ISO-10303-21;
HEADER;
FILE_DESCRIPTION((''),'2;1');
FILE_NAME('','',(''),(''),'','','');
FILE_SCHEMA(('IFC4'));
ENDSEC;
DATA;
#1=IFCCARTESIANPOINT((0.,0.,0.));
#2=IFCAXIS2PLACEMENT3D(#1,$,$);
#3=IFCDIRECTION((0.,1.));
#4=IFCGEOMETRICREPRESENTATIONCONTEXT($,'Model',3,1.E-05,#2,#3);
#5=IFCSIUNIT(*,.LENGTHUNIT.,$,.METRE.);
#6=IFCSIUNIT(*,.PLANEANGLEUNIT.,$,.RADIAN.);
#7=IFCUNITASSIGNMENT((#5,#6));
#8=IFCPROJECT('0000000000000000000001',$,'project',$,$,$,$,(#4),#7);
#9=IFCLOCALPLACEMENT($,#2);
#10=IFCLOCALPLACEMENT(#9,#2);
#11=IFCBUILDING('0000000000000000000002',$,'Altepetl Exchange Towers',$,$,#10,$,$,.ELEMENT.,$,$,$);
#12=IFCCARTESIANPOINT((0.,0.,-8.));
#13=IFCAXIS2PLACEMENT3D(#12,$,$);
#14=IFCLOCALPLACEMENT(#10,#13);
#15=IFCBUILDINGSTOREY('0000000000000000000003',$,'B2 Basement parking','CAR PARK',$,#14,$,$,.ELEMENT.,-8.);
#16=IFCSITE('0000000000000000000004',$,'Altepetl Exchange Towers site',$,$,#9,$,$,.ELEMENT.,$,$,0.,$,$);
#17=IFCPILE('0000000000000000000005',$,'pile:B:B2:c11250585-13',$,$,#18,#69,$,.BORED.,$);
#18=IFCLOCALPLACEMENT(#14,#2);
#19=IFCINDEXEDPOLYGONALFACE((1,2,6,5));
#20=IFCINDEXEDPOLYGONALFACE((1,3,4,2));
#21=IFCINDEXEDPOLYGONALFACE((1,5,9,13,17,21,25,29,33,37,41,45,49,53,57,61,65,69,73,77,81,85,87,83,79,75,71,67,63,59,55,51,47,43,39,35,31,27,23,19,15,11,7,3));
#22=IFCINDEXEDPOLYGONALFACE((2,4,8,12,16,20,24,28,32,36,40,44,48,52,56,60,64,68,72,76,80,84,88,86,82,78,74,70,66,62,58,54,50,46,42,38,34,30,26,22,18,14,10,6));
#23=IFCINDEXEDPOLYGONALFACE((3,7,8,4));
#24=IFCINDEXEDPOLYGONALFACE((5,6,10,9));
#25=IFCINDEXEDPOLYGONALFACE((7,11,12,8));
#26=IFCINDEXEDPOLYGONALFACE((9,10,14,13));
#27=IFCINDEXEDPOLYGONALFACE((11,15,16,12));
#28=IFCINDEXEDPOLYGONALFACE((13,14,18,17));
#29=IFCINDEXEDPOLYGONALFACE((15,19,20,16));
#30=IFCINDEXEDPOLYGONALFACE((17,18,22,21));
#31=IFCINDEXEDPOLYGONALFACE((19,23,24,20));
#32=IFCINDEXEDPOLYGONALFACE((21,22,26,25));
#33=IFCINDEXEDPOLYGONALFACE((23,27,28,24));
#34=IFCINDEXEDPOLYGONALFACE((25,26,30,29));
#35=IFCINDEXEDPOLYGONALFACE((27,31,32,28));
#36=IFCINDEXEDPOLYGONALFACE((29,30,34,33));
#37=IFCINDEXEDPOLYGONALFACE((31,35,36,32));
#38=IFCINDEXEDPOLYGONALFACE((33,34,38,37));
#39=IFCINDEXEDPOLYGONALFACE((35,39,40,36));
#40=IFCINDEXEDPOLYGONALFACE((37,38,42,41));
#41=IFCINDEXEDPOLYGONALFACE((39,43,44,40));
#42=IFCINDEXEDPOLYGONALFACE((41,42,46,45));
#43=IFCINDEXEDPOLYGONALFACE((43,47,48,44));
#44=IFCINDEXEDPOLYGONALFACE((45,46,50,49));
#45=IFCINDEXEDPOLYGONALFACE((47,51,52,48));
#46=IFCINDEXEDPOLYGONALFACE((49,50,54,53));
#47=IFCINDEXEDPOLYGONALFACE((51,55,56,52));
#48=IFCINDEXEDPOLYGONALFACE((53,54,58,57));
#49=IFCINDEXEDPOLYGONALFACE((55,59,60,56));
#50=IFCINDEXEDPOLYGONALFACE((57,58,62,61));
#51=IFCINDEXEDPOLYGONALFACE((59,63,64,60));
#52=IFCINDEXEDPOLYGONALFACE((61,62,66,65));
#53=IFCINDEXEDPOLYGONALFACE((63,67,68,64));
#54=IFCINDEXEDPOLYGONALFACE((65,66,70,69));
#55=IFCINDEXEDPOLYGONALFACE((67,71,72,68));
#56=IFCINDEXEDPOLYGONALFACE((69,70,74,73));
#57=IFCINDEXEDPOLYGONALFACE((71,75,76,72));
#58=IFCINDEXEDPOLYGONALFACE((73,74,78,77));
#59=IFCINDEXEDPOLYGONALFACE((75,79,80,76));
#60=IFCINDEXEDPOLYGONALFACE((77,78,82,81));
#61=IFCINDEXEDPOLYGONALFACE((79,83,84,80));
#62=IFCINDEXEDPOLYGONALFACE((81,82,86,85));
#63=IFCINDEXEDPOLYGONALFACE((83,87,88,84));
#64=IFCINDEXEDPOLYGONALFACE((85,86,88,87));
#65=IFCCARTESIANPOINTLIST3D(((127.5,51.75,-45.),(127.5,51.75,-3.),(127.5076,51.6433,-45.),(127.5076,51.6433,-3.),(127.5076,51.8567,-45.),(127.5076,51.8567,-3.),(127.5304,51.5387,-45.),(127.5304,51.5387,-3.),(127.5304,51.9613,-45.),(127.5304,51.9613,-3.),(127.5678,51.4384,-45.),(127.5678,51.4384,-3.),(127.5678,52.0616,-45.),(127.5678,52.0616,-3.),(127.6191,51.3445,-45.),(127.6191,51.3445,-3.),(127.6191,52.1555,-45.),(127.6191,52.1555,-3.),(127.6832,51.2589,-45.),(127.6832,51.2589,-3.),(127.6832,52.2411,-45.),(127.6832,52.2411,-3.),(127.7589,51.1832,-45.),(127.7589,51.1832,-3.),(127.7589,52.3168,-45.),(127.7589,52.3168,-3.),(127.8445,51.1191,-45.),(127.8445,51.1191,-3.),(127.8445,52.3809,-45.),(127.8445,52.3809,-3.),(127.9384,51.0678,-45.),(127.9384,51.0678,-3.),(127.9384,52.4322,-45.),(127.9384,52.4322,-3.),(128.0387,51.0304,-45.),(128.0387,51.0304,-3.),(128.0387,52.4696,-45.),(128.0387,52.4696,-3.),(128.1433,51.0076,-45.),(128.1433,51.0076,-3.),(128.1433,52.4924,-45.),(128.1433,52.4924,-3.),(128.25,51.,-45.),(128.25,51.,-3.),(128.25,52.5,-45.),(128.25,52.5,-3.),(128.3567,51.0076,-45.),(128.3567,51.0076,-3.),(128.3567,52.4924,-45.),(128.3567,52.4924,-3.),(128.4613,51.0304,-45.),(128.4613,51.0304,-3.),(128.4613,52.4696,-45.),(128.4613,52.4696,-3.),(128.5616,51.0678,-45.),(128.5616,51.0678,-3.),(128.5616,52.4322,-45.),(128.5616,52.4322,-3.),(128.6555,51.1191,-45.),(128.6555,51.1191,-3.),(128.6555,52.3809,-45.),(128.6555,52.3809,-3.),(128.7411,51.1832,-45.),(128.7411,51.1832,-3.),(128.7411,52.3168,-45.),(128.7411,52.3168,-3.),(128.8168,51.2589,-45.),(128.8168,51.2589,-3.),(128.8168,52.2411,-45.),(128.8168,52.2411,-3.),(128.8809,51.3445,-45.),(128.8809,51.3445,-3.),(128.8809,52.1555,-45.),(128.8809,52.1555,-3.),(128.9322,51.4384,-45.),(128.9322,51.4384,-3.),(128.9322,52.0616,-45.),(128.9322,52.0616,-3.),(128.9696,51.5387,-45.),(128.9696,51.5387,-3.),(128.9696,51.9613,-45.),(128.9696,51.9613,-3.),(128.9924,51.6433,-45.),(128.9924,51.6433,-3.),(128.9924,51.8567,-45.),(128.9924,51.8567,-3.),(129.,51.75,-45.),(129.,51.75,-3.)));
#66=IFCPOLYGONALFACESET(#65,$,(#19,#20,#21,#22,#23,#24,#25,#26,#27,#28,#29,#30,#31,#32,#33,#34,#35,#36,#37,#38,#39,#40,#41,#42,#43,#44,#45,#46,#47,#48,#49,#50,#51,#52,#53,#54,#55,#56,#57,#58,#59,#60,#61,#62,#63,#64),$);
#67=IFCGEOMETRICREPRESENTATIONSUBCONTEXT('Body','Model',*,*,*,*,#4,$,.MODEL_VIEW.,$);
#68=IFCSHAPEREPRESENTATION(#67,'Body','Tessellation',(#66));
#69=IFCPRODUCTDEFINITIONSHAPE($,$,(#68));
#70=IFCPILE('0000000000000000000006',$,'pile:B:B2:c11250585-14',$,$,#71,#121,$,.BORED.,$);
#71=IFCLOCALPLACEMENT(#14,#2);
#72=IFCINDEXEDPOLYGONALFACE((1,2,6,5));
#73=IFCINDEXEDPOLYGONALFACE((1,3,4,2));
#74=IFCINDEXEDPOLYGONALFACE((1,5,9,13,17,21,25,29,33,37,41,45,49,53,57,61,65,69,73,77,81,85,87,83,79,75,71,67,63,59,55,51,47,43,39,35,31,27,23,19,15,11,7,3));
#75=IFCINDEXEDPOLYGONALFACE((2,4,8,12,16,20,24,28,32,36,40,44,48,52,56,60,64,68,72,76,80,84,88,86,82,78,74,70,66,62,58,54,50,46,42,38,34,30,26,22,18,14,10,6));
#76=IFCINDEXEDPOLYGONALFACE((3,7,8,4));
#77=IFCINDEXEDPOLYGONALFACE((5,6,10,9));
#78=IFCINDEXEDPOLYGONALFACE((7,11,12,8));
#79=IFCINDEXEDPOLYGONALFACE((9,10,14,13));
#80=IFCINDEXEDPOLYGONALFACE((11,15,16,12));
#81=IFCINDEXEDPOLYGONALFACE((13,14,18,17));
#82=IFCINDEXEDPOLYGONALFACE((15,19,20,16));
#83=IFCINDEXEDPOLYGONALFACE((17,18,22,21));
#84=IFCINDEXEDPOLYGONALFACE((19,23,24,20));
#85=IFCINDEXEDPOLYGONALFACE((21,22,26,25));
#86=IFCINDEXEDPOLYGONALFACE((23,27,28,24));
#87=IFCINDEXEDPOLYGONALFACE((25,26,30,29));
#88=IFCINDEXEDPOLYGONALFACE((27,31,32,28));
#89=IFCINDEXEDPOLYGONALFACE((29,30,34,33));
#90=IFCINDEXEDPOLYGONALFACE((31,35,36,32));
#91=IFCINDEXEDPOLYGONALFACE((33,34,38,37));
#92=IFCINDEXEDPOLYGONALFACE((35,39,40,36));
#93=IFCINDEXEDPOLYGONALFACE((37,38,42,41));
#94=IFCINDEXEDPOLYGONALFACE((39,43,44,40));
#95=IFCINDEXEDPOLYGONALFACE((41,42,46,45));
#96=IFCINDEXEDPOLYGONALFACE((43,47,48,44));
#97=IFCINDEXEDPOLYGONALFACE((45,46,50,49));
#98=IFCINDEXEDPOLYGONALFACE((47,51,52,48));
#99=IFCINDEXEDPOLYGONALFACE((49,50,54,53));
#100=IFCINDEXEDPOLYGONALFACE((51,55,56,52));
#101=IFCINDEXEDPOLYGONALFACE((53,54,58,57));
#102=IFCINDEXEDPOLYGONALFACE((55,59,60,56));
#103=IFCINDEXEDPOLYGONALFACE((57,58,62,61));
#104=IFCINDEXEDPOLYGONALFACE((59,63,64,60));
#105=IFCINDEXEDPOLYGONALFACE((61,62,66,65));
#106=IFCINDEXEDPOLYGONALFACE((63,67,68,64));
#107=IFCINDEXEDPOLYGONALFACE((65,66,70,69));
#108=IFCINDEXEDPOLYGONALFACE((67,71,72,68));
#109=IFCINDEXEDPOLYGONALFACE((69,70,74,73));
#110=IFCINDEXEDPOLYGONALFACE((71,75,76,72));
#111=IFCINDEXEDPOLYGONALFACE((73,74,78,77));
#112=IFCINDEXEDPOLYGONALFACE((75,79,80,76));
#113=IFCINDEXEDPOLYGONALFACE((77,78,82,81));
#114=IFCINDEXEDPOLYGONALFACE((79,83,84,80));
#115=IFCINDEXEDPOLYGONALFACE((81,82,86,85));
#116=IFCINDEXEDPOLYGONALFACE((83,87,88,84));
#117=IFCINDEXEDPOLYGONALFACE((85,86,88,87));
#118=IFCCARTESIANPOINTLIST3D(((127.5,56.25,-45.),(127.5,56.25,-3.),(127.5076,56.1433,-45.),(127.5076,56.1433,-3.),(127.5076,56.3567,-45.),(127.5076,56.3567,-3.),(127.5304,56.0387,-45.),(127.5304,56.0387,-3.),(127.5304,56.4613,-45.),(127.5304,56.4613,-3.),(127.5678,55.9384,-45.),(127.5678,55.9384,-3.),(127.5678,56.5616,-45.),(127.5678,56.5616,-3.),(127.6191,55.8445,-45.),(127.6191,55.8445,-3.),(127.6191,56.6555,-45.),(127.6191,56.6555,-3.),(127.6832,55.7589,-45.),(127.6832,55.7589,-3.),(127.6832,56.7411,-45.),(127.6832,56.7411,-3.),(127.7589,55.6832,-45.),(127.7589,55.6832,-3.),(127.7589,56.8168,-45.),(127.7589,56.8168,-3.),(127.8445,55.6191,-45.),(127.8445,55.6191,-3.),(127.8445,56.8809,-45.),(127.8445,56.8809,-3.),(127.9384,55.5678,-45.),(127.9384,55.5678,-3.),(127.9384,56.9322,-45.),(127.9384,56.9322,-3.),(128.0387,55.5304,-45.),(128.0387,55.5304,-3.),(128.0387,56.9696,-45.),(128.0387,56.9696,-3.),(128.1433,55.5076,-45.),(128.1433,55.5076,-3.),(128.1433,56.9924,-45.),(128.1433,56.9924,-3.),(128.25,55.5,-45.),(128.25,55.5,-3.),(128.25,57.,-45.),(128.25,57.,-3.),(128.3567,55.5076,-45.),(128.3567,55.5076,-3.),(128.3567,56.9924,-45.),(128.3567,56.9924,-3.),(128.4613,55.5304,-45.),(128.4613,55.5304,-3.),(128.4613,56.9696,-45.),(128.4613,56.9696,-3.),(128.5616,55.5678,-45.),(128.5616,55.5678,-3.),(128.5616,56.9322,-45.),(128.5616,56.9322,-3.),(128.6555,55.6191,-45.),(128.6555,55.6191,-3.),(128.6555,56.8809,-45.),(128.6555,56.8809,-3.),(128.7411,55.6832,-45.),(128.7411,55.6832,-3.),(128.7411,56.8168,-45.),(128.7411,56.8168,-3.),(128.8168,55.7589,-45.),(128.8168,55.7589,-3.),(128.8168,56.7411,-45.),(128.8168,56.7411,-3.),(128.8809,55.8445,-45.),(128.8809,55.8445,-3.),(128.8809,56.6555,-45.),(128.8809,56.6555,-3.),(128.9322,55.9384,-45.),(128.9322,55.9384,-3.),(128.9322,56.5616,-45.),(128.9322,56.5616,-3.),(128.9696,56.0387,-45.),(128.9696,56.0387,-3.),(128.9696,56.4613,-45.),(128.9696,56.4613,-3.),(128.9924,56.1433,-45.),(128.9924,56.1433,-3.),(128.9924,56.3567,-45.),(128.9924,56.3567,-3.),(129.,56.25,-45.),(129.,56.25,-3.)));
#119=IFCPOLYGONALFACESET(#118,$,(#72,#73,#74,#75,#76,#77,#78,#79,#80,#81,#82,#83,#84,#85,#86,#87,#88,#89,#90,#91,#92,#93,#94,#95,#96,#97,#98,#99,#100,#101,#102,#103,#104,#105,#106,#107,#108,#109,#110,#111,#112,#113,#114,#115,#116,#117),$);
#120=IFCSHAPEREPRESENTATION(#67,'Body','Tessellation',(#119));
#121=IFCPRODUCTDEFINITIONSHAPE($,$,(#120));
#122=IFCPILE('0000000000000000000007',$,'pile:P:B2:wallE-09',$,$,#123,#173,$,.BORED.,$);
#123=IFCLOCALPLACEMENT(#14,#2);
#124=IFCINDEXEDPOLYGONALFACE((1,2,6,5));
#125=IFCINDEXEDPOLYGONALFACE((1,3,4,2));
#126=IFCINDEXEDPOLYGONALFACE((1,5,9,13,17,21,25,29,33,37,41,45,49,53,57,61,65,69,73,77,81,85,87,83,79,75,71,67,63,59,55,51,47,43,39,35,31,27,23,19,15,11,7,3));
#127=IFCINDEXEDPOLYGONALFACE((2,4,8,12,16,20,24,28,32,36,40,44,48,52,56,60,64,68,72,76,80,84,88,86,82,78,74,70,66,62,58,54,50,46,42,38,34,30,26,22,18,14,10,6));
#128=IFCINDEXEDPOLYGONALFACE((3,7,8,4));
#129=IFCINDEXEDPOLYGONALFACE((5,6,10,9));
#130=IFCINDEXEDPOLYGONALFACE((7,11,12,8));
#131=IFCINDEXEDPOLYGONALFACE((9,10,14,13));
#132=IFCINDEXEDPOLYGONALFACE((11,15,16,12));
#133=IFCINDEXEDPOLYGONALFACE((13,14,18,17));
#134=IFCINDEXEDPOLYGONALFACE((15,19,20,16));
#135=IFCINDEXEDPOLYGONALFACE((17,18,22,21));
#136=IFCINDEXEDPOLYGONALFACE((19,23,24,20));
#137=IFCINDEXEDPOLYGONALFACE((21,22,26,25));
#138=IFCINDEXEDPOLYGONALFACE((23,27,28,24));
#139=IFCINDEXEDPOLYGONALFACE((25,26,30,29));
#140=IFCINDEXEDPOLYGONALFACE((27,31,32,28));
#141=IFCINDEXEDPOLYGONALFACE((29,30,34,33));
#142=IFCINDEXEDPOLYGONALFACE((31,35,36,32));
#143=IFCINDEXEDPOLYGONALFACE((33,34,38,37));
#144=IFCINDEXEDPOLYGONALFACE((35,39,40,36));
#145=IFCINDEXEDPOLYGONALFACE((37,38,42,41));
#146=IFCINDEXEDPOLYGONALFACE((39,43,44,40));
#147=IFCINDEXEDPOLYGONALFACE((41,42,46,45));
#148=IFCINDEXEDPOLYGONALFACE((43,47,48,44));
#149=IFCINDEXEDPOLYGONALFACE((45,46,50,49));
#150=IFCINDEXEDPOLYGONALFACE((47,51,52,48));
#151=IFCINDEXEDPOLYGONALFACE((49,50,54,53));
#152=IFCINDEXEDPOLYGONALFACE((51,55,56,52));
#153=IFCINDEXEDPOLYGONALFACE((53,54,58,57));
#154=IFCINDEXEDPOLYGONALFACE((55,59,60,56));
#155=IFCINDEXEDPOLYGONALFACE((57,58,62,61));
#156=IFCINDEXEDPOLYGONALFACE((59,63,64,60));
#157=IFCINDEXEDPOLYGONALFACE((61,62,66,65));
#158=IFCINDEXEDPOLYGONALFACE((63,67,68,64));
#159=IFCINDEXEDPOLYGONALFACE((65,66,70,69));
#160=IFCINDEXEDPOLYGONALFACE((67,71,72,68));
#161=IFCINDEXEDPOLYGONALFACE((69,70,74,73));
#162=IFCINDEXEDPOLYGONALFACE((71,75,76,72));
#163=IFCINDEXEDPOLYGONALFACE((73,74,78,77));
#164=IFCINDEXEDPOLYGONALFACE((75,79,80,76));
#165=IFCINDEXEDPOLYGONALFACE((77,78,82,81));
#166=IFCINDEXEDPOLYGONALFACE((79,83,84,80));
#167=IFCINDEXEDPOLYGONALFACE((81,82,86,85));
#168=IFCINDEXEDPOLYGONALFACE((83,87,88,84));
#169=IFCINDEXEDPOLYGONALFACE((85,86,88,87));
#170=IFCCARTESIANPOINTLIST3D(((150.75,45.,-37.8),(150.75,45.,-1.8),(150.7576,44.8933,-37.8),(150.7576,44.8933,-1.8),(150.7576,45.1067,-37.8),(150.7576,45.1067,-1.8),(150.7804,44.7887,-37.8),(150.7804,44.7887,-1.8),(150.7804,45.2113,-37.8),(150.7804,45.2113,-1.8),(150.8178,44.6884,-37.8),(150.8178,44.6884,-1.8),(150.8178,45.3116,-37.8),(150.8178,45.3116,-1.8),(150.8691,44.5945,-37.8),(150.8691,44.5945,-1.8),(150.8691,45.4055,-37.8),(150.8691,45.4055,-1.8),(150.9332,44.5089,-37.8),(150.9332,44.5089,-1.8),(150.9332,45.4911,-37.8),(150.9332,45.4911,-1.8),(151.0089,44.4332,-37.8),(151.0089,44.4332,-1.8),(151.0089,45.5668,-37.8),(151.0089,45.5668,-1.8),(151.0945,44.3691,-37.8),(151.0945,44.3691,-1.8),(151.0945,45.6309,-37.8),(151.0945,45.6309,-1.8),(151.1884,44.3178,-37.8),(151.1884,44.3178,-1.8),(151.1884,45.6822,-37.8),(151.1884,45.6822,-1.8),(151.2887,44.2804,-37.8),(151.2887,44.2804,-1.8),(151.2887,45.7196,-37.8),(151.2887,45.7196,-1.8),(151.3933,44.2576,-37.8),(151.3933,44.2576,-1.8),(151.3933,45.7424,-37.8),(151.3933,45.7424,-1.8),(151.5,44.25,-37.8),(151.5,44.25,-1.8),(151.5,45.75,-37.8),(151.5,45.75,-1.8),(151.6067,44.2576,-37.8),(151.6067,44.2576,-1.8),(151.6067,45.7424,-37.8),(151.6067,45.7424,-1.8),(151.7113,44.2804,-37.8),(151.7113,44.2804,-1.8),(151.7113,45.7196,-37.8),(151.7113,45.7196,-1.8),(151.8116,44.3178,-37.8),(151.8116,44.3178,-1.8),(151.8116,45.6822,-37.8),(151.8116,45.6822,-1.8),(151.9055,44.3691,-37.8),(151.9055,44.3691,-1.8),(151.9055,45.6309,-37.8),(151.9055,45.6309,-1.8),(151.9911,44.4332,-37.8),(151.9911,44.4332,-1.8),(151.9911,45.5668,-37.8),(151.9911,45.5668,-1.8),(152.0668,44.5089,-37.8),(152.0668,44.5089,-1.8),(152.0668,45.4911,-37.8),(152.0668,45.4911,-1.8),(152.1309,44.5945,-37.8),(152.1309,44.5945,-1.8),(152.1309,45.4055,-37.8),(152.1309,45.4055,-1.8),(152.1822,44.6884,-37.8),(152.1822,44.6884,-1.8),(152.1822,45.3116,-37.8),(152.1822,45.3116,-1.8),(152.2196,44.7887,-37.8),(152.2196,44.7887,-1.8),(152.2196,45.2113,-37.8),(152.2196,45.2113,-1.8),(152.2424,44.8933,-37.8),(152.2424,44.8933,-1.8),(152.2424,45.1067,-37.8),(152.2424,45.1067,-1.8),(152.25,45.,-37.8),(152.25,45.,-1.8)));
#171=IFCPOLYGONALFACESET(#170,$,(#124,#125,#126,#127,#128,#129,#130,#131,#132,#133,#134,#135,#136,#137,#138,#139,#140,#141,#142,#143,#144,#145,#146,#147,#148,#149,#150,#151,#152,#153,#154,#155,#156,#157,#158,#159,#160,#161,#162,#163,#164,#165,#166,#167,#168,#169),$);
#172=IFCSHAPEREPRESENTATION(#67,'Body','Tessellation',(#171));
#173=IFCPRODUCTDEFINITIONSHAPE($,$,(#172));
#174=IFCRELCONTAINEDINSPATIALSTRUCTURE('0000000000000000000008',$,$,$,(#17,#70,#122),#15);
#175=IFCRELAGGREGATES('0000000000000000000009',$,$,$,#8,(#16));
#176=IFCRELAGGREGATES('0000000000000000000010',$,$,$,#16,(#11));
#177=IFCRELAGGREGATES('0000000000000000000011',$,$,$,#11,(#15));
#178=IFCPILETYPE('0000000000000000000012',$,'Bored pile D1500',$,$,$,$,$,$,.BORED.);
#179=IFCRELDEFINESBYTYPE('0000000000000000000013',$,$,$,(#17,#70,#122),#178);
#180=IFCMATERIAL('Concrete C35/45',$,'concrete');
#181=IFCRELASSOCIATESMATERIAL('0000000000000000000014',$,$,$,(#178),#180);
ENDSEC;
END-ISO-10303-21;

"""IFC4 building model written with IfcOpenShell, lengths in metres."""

from ifc_helpers import new_model, si_unit, direction, frame, origin, origin_2d, place, context, subcontext, project, spatial, circle, extrude, material, material_profile, profile_set, type_object, element, save


model = new_model("IFC4")

# Units and contexts
model_context = context("Model", 3, precision=1e-05, world=origin(), true_north=direction((0.0, 1.0)))
body_context = subcontext(model_context, "Body", "Model", "MODEL_VIEW")
ifc_project = project(units=[si_unit("LENGTHUNIT", "METRE"), si_unit("PLANEANGLEUNIT", "RADIAN")], contexts=[model_context])

# Site, building, storey
site_placement = place(None, origin())
site = spatial("IfcSite", under=ifc_project, at=site_placement, Name="Altepetl Exchange Towers site", CompositionType="ELEMENT", RefElevation=0.0)
building_placement = place(site_placement, origin())
building = spatial("IfcBuilding", under=site, at=building_placement, Name="Altepetl Exchange Towers", CompositionType="ELEMENT")
storey_placement = place(building_placement, frame((0.0, 0.0, -8.0)))
storey = spatial("IfcBuildingStorey", under=building, at=storey_placement, Name="B2 Basement parking", Description="CAR PARK", CompositionType="ELEMENT", Elevation=-8.0)

# Piles
ifc_material_1 = material(Name="Concrete C35/45", Category="concrete")
ifc_material_profile_1 = material_profile(ifc_material_1, circle(Radius=0.75, at=origin_2d()), Name="D1500")
ifc_profile_set_1 = profile_set([ifc_material_profile_1], Name="Concrete C35/45")
pile_type_1 = type_object("IfcPileType", Name="Bored pile D1500", PredefinedType="BORED", material=ifc_profile_set_1)
for number, where, z_axis, x_axis, name in (
    (1, (128.25, 51.75, -3.0), (0.0, 0.0, -1.0), (1.0, 0.0, 0.0), "pile:B:B2:c11250585-13"),
    (2, (128.25, 56.25, -3.0), (0.0, 0.0, -1.0), (1.0, 0.0, 0.0), "pile:B:B2:c11250585-14"),
):
    element("IfcPile", number, at=place(storey_placement, frame(where, z_axis=z_axis, x_axis=x_axis)), inside=storey, type_object=pile_type_1, Name=name, PredefinedType="BORED", context=body_context, shape_type="SweptSolid", body=[
        extrude(circle(Radius=0.75, at=origin_2d()), origin(), (0.0, 0.0, 1.0), 42.0),
    ])
for number, where, z_axis, x_axis, name in (
    (3, (151.5, 45.0, -1.8), (0.0, 0.0, -1.0), (1.0, 0.0, 0.0), "pile:P:B2:wallE-09"),
):
    element("IfcPile", number, at=place(storey_placement, frame(where, z_axis=z_axis, x_axis=x_axis)), inside=storey, type_object=pile_type_1, Name=name, PredefinedType="BORED", context=body_context, shape_type="SweptSolid", body=[
        extrude(circle(Radius=0.75, at=origin_2d()), origin(), (0.0, 0.0, 1.0), 36.0),
    ])

save(model, "model.ifc")
